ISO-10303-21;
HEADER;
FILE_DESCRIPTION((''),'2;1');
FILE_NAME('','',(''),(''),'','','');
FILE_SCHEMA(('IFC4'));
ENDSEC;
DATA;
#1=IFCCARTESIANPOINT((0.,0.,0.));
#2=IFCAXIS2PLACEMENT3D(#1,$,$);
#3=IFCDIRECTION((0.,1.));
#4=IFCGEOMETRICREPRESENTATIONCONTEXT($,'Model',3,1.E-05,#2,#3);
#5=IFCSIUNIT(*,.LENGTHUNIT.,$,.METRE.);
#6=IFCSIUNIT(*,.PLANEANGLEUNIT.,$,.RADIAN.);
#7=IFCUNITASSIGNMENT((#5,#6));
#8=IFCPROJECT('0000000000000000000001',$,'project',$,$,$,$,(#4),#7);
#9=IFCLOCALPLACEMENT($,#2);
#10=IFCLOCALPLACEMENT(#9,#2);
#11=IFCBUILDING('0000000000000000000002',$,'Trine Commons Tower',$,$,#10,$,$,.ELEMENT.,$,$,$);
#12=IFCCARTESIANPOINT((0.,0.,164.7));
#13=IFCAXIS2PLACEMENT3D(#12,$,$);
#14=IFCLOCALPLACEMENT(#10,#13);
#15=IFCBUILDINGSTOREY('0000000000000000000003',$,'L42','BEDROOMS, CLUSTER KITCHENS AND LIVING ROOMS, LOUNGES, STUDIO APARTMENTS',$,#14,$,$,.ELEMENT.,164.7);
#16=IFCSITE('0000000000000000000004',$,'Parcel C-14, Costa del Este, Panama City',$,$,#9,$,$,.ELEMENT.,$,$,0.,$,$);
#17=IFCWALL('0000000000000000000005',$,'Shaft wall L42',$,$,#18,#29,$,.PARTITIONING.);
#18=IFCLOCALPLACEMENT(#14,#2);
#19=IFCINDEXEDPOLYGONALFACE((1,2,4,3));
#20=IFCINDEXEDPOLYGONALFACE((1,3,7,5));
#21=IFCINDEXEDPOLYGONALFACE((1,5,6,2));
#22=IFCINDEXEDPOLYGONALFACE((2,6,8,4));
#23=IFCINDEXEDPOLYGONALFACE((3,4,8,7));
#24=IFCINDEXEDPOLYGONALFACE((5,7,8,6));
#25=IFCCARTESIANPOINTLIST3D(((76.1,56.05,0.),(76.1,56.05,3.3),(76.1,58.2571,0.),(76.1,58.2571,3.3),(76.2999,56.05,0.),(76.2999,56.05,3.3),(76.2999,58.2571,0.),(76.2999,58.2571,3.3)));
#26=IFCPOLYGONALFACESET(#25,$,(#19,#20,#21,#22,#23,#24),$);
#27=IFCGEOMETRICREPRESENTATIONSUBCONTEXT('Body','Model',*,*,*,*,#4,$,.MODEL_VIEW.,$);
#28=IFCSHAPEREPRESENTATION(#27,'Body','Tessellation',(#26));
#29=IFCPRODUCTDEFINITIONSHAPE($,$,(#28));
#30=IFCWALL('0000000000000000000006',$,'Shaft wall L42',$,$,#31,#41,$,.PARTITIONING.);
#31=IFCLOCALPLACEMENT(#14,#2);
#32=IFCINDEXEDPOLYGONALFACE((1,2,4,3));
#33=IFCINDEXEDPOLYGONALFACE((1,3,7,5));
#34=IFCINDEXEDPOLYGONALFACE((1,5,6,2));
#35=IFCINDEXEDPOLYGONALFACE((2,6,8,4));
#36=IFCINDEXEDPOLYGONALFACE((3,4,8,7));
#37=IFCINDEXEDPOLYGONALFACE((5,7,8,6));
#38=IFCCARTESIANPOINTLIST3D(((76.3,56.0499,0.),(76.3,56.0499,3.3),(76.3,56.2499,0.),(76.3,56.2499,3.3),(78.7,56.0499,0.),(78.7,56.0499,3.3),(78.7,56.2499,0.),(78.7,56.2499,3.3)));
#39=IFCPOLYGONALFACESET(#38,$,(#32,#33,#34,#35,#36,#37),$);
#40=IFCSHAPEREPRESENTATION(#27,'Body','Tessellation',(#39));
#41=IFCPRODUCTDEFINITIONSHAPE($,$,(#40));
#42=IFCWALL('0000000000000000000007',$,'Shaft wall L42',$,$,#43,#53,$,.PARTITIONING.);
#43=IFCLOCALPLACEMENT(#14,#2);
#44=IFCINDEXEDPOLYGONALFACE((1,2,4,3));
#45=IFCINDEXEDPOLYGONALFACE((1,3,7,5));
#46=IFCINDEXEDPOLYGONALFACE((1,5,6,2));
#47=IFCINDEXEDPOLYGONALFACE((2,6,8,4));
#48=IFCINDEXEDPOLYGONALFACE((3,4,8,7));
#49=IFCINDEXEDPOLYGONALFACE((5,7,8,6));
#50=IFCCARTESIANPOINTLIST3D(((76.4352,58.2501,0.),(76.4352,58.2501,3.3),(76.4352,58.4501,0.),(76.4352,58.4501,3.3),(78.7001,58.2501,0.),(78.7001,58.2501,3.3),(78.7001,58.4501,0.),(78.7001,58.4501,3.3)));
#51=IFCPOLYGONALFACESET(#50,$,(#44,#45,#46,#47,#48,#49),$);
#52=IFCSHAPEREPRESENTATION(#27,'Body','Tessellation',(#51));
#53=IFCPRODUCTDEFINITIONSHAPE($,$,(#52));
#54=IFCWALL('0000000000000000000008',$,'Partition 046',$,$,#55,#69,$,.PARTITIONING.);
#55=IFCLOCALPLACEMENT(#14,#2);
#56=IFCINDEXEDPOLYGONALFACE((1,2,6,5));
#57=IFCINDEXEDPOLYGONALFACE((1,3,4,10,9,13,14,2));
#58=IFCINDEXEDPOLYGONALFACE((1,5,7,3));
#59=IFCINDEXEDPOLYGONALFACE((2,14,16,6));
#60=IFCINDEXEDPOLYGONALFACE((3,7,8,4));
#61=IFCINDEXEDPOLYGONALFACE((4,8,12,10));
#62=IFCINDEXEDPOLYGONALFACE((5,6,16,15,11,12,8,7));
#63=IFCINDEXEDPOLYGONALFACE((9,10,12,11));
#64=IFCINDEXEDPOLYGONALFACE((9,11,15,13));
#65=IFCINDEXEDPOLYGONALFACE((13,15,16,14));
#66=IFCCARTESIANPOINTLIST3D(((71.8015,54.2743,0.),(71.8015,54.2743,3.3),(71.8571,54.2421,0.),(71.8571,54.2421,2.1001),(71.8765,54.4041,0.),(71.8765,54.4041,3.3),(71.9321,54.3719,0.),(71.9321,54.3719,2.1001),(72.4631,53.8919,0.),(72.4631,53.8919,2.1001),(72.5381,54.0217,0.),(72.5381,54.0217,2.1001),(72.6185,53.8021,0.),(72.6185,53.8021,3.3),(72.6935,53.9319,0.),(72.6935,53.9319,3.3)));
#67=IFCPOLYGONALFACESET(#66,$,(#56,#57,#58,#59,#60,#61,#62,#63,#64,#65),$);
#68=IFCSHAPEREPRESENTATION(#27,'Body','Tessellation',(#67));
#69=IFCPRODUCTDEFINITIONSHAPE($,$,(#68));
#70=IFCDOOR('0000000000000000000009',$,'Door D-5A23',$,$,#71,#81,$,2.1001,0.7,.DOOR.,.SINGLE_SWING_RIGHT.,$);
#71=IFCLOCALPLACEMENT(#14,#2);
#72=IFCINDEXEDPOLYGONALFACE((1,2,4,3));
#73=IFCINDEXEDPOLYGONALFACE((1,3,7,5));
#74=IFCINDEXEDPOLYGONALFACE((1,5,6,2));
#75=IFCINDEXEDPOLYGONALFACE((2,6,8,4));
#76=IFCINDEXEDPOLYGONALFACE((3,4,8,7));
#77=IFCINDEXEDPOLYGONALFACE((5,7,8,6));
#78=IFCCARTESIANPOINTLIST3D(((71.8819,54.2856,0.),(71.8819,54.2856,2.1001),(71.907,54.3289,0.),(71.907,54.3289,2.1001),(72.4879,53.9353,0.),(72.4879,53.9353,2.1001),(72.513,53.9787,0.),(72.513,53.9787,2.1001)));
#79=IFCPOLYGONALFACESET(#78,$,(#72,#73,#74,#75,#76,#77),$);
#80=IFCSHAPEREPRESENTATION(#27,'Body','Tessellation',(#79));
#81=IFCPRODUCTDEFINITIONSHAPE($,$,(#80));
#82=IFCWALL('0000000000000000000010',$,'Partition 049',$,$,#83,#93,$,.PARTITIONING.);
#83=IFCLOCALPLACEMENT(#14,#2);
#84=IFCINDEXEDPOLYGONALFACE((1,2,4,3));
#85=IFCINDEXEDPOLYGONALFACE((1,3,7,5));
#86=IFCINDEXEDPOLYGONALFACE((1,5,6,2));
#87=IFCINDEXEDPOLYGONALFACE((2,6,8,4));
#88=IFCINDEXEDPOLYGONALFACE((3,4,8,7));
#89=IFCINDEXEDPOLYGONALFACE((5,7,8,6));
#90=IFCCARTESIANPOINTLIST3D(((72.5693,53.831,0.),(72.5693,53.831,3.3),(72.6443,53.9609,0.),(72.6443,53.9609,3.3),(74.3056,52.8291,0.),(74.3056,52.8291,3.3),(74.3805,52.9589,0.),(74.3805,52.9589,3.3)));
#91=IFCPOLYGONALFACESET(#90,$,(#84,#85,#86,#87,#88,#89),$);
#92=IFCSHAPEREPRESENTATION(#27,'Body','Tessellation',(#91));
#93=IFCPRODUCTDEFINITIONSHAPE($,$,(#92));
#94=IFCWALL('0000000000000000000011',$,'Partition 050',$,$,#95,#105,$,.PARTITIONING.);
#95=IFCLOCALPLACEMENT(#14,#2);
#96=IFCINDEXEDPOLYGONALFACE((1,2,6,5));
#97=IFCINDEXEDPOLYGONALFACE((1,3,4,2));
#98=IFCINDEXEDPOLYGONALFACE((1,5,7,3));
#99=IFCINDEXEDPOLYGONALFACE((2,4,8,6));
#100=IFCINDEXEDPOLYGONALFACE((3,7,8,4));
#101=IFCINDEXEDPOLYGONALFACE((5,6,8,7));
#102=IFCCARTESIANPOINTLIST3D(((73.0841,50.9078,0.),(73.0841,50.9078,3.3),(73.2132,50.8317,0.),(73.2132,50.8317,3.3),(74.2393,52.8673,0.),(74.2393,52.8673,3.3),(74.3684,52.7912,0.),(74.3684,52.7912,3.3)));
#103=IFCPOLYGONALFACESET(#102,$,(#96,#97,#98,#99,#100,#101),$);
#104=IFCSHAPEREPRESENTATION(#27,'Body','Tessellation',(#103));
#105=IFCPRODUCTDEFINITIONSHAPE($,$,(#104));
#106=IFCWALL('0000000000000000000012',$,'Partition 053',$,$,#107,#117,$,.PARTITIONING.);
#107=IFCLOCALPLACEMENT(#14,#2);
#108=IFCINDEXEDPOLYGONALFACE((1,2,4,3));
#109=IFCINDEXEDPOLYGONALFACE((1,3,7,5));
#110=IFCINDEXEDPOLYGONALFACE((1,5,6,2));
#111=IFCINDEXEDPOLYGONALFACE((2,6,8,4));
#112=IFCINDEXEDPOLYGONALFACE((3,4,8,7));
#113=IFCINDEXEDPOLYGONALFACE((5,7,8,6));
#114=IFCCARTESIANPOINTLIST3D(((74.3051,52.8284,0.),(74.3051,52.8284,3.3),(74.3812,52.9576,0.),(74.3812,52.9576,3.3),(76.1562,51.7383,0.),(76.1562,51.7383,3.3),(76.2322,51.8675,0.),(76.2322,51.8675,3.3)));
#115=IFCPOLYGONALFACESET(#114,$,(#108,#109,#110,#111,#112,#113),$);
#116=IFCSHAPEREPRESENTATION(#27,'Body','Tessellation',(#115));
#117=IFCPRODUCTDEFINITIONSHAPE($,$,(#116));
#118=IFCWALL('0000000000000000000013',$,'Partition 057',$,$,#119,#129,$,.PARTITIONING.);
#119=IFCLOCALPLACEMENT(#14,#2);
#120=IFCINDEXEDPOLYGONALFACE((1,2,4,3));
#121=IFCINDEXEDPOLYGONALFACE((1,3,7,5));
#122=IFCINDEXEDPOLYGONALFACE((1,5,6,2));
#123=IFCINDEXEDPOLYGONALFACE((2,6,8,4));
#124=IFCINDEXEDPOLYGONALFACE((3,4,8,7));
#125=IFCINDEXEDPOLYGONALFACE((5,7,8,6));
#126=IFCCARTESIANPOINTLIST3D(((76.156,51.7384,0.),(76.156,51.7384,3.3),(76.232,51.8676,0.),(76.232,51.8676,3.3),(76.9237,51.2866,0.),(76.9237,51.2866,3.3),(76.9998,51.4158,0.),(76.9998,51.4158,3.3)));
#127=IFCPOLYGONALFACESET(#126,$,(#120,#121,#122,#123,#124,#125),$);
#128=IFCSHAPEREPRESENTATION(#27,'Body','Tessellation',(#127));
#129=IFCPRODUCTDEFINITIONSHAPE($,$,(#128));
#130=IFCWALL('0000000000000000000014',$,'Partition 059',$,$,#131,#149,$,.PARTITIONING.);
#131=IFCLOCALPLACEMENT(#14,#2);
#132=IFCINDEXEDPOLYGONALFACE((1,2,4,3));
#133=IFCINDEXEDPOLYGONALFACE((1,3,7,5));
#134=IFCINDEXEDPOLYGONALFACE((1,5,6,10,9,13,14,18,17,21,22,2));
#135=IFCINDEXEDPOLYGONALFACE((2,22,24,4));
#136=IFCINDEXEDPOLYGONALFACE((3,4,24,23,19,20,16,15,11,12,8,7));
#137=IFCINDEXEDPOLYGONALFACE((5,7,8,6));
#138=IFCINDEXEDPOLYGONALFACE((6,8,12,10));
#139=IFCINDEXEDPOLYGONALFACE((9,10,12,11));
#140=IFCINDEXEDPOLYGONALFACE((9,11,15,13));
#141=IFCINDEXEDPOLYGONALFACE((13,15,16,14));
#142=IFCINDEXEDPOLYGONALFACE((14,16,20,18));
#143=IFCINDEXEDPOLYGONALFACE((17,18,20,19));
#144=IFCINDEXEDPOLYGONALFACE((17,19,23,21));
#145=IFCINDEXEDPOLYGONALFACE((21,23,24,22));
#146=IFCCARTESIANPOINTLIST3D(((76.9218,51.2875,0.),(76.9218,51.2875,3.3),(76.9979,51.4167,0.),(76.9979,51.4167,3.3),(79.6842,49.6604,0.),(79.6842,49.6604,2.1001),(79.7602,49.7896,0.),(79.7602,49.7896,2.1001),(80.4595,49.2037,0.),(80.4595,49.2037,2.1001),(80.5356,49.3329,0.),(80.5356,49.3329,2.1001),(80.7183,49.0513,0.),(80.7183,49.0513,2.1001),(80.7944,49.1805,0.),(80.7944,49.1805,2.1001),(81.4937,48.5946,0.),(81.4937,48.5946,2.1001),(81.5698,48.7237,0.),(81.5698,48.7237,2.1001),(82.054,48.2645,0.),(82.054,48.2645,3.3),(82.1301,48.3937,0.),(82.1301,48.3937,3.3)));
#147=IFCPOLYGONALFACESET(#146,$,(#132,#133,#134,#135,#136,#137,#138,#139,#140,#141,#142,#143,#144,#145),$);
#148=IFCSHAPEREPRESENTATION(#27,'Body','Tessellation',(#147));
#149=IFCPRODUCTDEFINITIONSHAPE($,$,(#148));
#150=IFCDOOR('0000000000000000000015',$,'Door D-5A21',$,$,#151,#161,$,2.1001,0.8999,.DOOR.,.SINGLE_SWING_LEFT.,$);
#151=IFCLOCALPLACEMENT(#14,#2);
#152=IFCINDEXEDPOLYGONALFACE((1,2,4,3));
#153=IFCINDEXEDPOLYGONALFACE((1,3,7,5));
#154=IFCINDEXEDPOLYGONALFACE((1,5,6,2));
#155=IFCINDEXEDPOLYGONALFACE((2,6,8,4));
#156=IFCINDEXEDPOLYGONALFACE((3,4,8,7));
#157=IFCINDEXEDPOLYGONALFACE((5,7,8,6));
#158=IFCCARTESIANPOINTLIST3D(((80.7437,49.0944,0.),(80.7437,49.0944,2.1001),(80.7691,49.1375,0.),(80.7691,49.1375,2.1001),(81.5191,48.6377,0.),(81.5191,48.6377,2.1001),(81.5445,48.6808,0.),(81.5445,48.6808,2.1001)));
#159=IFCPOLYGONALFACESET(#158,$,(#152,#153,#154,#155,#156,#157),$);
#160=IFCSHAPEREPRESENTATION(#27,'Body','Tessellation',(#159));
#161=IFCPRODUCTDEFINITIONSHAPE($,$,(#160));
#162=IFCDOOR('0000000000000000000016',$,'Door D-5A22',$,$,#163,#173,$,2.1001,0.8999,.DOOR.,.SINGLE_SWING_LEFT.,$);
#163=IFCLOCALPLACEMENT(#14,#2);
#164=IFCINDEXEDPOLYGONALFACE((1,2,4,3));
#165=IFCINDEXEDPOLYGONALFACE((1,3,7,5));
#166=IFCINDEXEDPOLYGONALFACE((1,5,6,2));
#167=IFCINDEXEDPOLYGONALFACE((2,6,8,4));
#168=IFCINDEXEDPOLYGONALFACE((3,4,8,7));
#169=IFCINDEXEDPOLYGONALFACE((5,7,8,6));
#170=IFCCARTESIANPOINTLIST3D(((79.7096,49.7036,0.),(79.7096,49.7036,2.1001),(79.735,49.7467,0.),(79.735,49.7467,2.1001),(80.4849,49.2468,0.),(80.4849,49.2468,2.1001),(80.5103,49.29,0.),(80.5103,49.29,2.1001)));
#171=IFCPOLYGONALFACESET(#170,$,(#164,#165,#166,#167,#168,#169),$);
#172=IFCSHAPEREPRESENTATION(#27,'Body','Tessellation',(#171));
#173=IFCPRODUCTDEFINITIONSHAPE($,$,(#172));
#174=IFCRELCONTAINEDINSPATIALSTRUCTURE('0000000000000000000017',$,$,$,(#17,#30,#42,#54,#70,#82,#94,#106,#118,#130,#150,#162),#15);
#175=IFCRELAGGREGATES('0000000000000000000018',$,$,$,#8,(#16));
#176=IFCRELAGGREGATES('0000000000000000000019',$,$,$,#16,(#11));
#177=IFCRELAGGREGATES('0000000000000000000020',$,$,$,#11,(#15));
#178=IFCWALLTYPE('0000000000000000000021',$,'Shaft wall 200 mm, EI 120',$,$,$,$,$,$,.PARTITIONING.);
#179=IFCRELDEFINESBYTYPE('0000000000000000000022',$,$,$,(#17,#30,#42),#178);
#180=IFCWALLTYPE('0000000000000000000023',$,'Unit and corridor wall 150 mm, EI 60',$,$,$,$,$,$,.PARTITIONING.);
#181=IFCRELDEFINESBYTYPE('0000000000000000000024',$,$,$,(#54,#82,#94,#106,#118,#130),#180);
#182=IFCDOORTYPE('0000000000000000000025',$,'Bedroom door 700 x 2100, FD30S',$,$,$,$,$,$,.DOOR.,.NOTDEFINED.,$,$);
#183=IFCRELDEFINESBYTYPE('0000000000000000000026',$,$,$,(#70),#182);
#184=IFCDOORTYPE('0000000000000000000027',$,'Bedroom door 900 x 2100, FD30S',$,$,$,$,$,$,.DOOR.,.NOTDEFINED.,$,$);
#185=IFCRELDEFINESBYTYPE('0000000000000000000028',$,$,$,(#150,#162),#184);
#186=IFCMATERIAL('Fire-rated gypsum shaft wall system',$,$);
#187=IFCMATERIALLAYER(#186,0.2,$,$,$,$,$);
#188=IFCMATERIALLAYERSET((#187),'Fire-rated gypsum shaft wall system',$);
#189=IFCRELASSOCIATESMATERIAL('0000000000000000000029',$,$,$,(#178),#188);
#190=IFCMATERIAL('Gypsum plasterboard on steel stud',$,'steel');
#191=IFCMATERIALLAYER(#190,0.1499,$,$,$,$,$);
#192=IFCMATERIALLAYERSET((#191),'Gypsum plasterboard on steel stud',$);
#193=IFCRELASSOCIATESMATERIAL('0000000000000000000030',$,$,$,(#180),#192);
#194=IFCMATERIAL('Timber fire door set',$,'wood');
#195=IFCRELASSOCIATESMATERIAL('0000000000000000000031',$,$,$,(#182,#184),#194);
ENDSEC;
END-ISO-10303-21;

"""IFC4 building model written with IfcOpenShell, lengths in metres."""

from ifc_helpers import new_model, si_unit, direction, frame, frame_2d, origin, place, context, subcontext, project, spatial, rectangle, extrude, material, layer, layer_set, type_object, element, fill, save


model = new_model("IFC4")

# Units and contexts
model_context = context("Model", 3, precision=1e-05, world=origin(), true_north=direction((0.0, 1.0)))
body_context = subcontext(model_context, "Body", "Model", "MODEL_VIEW")
ifc_project = project(units=[si_unit("LENGTHUNIT", "METRE"), si_unit("PLANEANGLEUNIT", "RADIAN")], contexts=[model_context])

# Site, building, storey
site_placement = place(None, origin())
site = spatial("IfcSite", under=ifc_project, at=site_placement, Name="Parcel C-14, Costa del Este, Panama City", CompositionType="ELEMENT", RefElevation=0.0)
building_placement = place(site_placement, origin())
building = spatial("IfcBuilding", under=site, at=building_placement, Name="Trine Commons Tower", CompositionType="ELEMENT")
storey_placement = place(building_placement, frame((0.0, 0.0, 164.7)))
storey = spatial("IfcBuildingStorey", under=building, at=storey_placement, Name="L42", Description="BEDROOMS, CLUSTER KITCHENS AND LIVING ROOMS, LOUNGES, STUDIO APARTMENTS", CompositionType="ELEMENT", Elevation=164.7)

# Shared definitions
ifc_material_1 = material(Name="Fire-rated gypsum shaft wall system")

# Walls
ifc_layer_1 = layer(ifc_material_1, 0.2)
ifc_layer_set_1 = layer_set([ifc_layer_1], Name="Fire-rated gypsum shaft wall system")
wall_type_1 = type_object("IfcWallType", Name="Shaft wall 200 mm, EI 120", PredefinedType="PARTITIONING", material=ifc_layer_set_1)
wall_1_placement = place(storey_placement, frame((76.2, 58.2571, 0.0), z_axis=(0.0, 0.0, 1.0), x_axis=(0.0, -1.0, 0.0)))
element("IfcWall", 1, at=wall_1_placement, inside=storey, type_object=wall_type_1, Name="Shaft wall L42", PredefinedType="PARTITIONING", context=body_context, shape_type="SweptSolid", body=[
    extrude(rectangle(XDim=2.207, YDim=0.2, at=frame_2d((1.1035, 0.0))), origin(), (0.0, 0.0, 1.0), 3.3),
])
wall_2_placement = place(storey_placement, frame((78.7, 56.1499, 0.0), z_axis=(0.0, 0.0, 1.0), x_axis=(-1.0, 0.0, 0.0)))
element("IfcWall", 2, at=wall_2_placement, inside=storey, type_object=wall_type_1, Name="Shaft wall L42", PredefinedType="PARTITIONING", context=body_context, shape_type="SweptSolid", body=[
    extrude(rectangle(XDim=2.3999, YDim=0.2, at=frame_2d((1.2, 0.0))), origin(), (0.0, 0.0, 1.0), 3.3),
])
wall_3_placement = place(storey_placement, frame((78.7, 58.3501, 0.0), z_axis=(0.0, 0.0, 1.0), x_axis=(-1.0, 0.0, 0.0)))
element("IfcWall", 3, at=wall_3_placement, inside=storey, type_object=wall_type_1, Name="Shaft wall L42", PredefinedType="PARTITIONING", context=body_context, shape_type="SweptSolid", body=[
    extrude(rectangle(XDim=2.2649, YDim=0.2, at=frame_2d((1.1323, 0.0))), origin(), (0.0, 0.0, 1.0), 3.3),
])

# Wall, opening, door
ifc_material_2 = material(Name="Gypsum plasterboard on steel stud", Category="steel")
ifc_layer_2 = layer(ifc_material_2, 0.1499)
ifc_layer_set_2 = layer_set([ifc_layer_2], Name="Gypsum plasterboard on steel stud")
wall_type_2 = type_object("IfcWallType", Name="Unit and corridor wall 150 mm, EI 60", PredefinedType="PARTITIONING", material=ifc_layer_set_2)
wall_4_placement = place(storey_placement, frame((71.8391, 54.3391, 0.0), z_axis=(0.0, 0.0, 1.0), x_axis=(0.86578, -0.500424, 0.0)))
wall_4 = element("IfcWall", 4, at=wall_4_placement, inside=storey, type_object=wall_type_2, Name="Partition 046", PredefinedType="PARTITIONING", context=body_context, shape_type="SweptSolid", body=[
    extrude(rectangle(XDim=0.9436, YDim=0.1499, at=frame_2d((0.4717, 0.0))), origin(), (0.0, 0.0, 1.0), 3.3),
])
opening_1_placement = place(wall_4_placement, frame((0.064, 0.0, 0.0)))
opening_1 = element("IfcOpeningElement", 5, at=opening_1_placement, cuts=wall_4, PredefinedType="OPENING", context=body_context, shape_type="SweptSolid", body=[
    extrude(rectangle(XDim=0.7, YDim=2.1001, at=frame_2d((0.3501, 1.05))), frame((0.0, 0.085, 0.0), z_axis=(0.0, -1.0, 0.0), x_axis=(1.0, 0.0, 0.0)), (0.0, 0.0, 1.0), 0.1699),
])
ifc_material_3 = material(Name="Timber fire door set", Category="wood")
door_type_1 = type_object("IfcDoorType", Name="Bedroom door 700 x 2100, FD30S", OperationType="NOTDEFINED", PredefinedType="DOOR", material=ifc_material_3)
door_1_placement = place(opening_1_placement, frame((0.7, 0.0, 0.0), z_axis=(0.0, 0.0, 1.0), x_axis=(-1.0, 0.0, 0.0)))
door_1 = element("IfcDoor", 6, at=door_1_placement, inside=storey, type_object=door_type_1, Name="Door D-5A23", OperationType="SINGLE_SWING_RIGHT", OverallHeight=2.1001, OverallWidth=0.7, PredefinedType="DOOR", context=body_context, shape_type="SweptSolid", body=[
    extrude(rectangle(XDim=0.7, YDim=2.1001, at=frame_2d((0.3501, 1.05))), frame((0.0, 0.0249, 0.0), z_axis=(0.0, -1.0, 0.0), x_axis=(1.0, 0.0, 0.0)), (0.0, 0.0, 1.0), 0.05),
])
fill(opening_1, door_1)

# Walls
wall_5_placement = place(storey_placement, frame((72.6067, 53.896, 0.0), z_axis=(0.0, 0.0, 1.0), x_axis=(0.866137, -0.499807, 0.0)))
element("IfcWall", 7, at=wall_5_placement, inside=storey, type_object=wall_type_2, Name="Partition 049", PredefinedType="PARTITIONING", context=body_context, shape_type="SweptSolid", body=[
    extrude(rectangle(XDim=2.0046, YDim=0.1499, at=frame_2d((1.0024, 0.0))), origin(), (0.0, 0.0, 1.0), 3.3),
])
wall_6_placement = place(storey_placement, frame((73.1487, 50.8699, 0.0), z_axis=(0.0, 0.0, 1.0), x_axis=(0.507883, 0.861426, 0.0)))
element("IfcWall", 8, at=wall_6_placement, inside=storey, type_object=wall_type_2, Name="Partition 050", PredefinedType="PARTITIONING", context=body_context, shape_type="SweptSolid", body=[
    extrude(rectangle(XDim=2.2747, YDim=0.1499, at=frame_2d((1.1372, 0.0))), origin(), (0.0, 0.0, 1.0), 3.3),
])
wall_7_placement = place(storey_placement, frame((74.343, 52.8931, 0.0), z_axis=(0.0, 0.0, 1.0), x_axis=(0.861686, -0.507442, 0.0)))
element("IfcWall", 9, at=wall_7_placement, inside=storey, type_object=wall_type_2, Name="Partition 053", PredefinedType="PARTITIONING", context=body_context, shape_type="SweptSolid", body=[
    extrude(rectangle(XDim=2.1482, YDim=0.1499, at=frame_2d((1.0742, 0.0))), origin(), (0.0, 0.0, 1.0), 3.3),
])
wall_8_placement = place(storey_placement, frame((76.1941, 51.803, 0.0), z_axis=(0.0, 0.0, 1.0), x_axis=(0.861814, -0.507224, 0.0)))
element("IfcWall", 10, at=wall_8_placement, inside=storey, type_object=wall_type_2, Name="Partition 057", PredefinedType="PARTITIONING", context=body_context, shape_type="SweptSolid", body=[
    extrude(rectangle(XDim=0.8909, YDim=0.1499, at=frame_2d((0.4453, 0.0))), origin(), (0.0, 0.0, 1.0), 3.3),
])

# Wall, openings, doors
wall_9_placement = place(storey_placement, frame((76.96, 51.3521, 0.0), z_axis=(0.0, 0.0, 1.0), x_axis=(0.861635, -0.507529, 0.0)))
wall_9 = element("IfcWall", 11, at=wall_9_placement, inside=storey, type_object=wall_type_2, Name="Partition 059", PredefinedType="PARTITIONING", context=body_context, shape_type="SweptSolid", body=[
    extrude(rectangle(XDim=5.9563, YDim=0.1499, at=frame_2d((2.978, 0.0))), origin(), (0.0, 0.0, 1.0), 3.3),
])
opening_2_placement = place(wall_9_placement, frame((4.406, 0.0, 0.0)))
opening_2 = element("IfcOpeningElement", 12, at=opening_2_placement, cuts=wall_9, PredefinedType="OPENING", context=body_context, shape_type="SweptSolid", body=[
    extrude(rectangle(XDim=0.8999, YDim=2.1001, at=frame_2d((0.45, 1.05))), frame((0.0, 0.085, 0.0), z_axis=(0.0, -1.0, 0.0), x_axis=(1.0, 0.0, 0.0)), (0.0, 0.0, 1.0), 0.1699),
])
opening_3_placement = place(wall_9_placement, frame((3.2058, 0.0, 0.0)))
opening_3 = element("IfcOpeningElement", 13, at=opening_3_placement, cuts=wall_9, PredefinedType="OPENING", context=body_context, shape_type="SweptSolid", body=[
    extrude(rectangle(XDim=0.8999, YDim=2.1001, at=frame_2d((0.45, 1.05))), frame((0.0, 0.085, 0.0), z_axis=(0.0, -1.0, 0.0), x_axis=(1.0, 0.0, 0.0)), (0.0, 0.0, 1.0), 0.1699),
])
door_type_2 = type_object("IfcDoorType", Name="Bedroom door 900 x 2100, FD30S", OperationType="NOTDEFINED", PredefinedType="DOOR", material=ifc_material_3)
door_2_placement = place(opening_2_placement, frame((0.8999, 0.0, 0.0), z_axis=(0.0, 0.0, 1.0), x_axis=(-1.0, 0.0, 0.0)))
door_2 = element("IfcDoor", 14, at=door_2_placement, inside=storey, type_object=door_type_2, Name="Door D-5A21", OperationType="SINGLE_SWING_LEFT", OverallHeight=2.1001, OverallWidth=0.8999, PredefinedType="DOOR", context=body_context, shape_type="SweptSolid", body=[
    extrude(rectangle(XDim=0.8999, YDim=2.1001, at=frame_2d((0.45, 1.05))), frame((0.0, 0.0249, 0.0), z_axis=(0.0, -1.0, 0.0), x_axis=(1.0, 0.0, 0.0)), (0.0, 0.0, 1.0), 0.05),
])
fill(opening_2, door_2)
door_3_placement = place(opening_3_placement, frame((0.8999, 0.0, 0.0), z_axis=(0.0, 0.0, 1.0), x_axis=(-1.0, 0.0, 0.0)))
door_3 = element("IfcDoor", 15, at=door_3_placement, inside=storey, type_object=door_type_2, Name="Door D-5A22", OperationType="SINGLE_SWING_LEFT", OverallHeight=2.1001, OverallWidth=0.8999, PredefinedType="DOOR", context=body_context, shape_type="SweptSolid", body=[
    extrude(rectangle(XDim=0.8999, YDim=2.1001, at=frame_2d((0.45, 1.05))), frame((0.0, 0.0249, 0.0), z_axis=(0.0, -1.0, 0.0), x_axis=(1.0, 0.0, 0.0)), (0.0, 0.0, 1.0), 0.05),
])
fill(opening_3, door_3)

save(model, "model.ifc")
